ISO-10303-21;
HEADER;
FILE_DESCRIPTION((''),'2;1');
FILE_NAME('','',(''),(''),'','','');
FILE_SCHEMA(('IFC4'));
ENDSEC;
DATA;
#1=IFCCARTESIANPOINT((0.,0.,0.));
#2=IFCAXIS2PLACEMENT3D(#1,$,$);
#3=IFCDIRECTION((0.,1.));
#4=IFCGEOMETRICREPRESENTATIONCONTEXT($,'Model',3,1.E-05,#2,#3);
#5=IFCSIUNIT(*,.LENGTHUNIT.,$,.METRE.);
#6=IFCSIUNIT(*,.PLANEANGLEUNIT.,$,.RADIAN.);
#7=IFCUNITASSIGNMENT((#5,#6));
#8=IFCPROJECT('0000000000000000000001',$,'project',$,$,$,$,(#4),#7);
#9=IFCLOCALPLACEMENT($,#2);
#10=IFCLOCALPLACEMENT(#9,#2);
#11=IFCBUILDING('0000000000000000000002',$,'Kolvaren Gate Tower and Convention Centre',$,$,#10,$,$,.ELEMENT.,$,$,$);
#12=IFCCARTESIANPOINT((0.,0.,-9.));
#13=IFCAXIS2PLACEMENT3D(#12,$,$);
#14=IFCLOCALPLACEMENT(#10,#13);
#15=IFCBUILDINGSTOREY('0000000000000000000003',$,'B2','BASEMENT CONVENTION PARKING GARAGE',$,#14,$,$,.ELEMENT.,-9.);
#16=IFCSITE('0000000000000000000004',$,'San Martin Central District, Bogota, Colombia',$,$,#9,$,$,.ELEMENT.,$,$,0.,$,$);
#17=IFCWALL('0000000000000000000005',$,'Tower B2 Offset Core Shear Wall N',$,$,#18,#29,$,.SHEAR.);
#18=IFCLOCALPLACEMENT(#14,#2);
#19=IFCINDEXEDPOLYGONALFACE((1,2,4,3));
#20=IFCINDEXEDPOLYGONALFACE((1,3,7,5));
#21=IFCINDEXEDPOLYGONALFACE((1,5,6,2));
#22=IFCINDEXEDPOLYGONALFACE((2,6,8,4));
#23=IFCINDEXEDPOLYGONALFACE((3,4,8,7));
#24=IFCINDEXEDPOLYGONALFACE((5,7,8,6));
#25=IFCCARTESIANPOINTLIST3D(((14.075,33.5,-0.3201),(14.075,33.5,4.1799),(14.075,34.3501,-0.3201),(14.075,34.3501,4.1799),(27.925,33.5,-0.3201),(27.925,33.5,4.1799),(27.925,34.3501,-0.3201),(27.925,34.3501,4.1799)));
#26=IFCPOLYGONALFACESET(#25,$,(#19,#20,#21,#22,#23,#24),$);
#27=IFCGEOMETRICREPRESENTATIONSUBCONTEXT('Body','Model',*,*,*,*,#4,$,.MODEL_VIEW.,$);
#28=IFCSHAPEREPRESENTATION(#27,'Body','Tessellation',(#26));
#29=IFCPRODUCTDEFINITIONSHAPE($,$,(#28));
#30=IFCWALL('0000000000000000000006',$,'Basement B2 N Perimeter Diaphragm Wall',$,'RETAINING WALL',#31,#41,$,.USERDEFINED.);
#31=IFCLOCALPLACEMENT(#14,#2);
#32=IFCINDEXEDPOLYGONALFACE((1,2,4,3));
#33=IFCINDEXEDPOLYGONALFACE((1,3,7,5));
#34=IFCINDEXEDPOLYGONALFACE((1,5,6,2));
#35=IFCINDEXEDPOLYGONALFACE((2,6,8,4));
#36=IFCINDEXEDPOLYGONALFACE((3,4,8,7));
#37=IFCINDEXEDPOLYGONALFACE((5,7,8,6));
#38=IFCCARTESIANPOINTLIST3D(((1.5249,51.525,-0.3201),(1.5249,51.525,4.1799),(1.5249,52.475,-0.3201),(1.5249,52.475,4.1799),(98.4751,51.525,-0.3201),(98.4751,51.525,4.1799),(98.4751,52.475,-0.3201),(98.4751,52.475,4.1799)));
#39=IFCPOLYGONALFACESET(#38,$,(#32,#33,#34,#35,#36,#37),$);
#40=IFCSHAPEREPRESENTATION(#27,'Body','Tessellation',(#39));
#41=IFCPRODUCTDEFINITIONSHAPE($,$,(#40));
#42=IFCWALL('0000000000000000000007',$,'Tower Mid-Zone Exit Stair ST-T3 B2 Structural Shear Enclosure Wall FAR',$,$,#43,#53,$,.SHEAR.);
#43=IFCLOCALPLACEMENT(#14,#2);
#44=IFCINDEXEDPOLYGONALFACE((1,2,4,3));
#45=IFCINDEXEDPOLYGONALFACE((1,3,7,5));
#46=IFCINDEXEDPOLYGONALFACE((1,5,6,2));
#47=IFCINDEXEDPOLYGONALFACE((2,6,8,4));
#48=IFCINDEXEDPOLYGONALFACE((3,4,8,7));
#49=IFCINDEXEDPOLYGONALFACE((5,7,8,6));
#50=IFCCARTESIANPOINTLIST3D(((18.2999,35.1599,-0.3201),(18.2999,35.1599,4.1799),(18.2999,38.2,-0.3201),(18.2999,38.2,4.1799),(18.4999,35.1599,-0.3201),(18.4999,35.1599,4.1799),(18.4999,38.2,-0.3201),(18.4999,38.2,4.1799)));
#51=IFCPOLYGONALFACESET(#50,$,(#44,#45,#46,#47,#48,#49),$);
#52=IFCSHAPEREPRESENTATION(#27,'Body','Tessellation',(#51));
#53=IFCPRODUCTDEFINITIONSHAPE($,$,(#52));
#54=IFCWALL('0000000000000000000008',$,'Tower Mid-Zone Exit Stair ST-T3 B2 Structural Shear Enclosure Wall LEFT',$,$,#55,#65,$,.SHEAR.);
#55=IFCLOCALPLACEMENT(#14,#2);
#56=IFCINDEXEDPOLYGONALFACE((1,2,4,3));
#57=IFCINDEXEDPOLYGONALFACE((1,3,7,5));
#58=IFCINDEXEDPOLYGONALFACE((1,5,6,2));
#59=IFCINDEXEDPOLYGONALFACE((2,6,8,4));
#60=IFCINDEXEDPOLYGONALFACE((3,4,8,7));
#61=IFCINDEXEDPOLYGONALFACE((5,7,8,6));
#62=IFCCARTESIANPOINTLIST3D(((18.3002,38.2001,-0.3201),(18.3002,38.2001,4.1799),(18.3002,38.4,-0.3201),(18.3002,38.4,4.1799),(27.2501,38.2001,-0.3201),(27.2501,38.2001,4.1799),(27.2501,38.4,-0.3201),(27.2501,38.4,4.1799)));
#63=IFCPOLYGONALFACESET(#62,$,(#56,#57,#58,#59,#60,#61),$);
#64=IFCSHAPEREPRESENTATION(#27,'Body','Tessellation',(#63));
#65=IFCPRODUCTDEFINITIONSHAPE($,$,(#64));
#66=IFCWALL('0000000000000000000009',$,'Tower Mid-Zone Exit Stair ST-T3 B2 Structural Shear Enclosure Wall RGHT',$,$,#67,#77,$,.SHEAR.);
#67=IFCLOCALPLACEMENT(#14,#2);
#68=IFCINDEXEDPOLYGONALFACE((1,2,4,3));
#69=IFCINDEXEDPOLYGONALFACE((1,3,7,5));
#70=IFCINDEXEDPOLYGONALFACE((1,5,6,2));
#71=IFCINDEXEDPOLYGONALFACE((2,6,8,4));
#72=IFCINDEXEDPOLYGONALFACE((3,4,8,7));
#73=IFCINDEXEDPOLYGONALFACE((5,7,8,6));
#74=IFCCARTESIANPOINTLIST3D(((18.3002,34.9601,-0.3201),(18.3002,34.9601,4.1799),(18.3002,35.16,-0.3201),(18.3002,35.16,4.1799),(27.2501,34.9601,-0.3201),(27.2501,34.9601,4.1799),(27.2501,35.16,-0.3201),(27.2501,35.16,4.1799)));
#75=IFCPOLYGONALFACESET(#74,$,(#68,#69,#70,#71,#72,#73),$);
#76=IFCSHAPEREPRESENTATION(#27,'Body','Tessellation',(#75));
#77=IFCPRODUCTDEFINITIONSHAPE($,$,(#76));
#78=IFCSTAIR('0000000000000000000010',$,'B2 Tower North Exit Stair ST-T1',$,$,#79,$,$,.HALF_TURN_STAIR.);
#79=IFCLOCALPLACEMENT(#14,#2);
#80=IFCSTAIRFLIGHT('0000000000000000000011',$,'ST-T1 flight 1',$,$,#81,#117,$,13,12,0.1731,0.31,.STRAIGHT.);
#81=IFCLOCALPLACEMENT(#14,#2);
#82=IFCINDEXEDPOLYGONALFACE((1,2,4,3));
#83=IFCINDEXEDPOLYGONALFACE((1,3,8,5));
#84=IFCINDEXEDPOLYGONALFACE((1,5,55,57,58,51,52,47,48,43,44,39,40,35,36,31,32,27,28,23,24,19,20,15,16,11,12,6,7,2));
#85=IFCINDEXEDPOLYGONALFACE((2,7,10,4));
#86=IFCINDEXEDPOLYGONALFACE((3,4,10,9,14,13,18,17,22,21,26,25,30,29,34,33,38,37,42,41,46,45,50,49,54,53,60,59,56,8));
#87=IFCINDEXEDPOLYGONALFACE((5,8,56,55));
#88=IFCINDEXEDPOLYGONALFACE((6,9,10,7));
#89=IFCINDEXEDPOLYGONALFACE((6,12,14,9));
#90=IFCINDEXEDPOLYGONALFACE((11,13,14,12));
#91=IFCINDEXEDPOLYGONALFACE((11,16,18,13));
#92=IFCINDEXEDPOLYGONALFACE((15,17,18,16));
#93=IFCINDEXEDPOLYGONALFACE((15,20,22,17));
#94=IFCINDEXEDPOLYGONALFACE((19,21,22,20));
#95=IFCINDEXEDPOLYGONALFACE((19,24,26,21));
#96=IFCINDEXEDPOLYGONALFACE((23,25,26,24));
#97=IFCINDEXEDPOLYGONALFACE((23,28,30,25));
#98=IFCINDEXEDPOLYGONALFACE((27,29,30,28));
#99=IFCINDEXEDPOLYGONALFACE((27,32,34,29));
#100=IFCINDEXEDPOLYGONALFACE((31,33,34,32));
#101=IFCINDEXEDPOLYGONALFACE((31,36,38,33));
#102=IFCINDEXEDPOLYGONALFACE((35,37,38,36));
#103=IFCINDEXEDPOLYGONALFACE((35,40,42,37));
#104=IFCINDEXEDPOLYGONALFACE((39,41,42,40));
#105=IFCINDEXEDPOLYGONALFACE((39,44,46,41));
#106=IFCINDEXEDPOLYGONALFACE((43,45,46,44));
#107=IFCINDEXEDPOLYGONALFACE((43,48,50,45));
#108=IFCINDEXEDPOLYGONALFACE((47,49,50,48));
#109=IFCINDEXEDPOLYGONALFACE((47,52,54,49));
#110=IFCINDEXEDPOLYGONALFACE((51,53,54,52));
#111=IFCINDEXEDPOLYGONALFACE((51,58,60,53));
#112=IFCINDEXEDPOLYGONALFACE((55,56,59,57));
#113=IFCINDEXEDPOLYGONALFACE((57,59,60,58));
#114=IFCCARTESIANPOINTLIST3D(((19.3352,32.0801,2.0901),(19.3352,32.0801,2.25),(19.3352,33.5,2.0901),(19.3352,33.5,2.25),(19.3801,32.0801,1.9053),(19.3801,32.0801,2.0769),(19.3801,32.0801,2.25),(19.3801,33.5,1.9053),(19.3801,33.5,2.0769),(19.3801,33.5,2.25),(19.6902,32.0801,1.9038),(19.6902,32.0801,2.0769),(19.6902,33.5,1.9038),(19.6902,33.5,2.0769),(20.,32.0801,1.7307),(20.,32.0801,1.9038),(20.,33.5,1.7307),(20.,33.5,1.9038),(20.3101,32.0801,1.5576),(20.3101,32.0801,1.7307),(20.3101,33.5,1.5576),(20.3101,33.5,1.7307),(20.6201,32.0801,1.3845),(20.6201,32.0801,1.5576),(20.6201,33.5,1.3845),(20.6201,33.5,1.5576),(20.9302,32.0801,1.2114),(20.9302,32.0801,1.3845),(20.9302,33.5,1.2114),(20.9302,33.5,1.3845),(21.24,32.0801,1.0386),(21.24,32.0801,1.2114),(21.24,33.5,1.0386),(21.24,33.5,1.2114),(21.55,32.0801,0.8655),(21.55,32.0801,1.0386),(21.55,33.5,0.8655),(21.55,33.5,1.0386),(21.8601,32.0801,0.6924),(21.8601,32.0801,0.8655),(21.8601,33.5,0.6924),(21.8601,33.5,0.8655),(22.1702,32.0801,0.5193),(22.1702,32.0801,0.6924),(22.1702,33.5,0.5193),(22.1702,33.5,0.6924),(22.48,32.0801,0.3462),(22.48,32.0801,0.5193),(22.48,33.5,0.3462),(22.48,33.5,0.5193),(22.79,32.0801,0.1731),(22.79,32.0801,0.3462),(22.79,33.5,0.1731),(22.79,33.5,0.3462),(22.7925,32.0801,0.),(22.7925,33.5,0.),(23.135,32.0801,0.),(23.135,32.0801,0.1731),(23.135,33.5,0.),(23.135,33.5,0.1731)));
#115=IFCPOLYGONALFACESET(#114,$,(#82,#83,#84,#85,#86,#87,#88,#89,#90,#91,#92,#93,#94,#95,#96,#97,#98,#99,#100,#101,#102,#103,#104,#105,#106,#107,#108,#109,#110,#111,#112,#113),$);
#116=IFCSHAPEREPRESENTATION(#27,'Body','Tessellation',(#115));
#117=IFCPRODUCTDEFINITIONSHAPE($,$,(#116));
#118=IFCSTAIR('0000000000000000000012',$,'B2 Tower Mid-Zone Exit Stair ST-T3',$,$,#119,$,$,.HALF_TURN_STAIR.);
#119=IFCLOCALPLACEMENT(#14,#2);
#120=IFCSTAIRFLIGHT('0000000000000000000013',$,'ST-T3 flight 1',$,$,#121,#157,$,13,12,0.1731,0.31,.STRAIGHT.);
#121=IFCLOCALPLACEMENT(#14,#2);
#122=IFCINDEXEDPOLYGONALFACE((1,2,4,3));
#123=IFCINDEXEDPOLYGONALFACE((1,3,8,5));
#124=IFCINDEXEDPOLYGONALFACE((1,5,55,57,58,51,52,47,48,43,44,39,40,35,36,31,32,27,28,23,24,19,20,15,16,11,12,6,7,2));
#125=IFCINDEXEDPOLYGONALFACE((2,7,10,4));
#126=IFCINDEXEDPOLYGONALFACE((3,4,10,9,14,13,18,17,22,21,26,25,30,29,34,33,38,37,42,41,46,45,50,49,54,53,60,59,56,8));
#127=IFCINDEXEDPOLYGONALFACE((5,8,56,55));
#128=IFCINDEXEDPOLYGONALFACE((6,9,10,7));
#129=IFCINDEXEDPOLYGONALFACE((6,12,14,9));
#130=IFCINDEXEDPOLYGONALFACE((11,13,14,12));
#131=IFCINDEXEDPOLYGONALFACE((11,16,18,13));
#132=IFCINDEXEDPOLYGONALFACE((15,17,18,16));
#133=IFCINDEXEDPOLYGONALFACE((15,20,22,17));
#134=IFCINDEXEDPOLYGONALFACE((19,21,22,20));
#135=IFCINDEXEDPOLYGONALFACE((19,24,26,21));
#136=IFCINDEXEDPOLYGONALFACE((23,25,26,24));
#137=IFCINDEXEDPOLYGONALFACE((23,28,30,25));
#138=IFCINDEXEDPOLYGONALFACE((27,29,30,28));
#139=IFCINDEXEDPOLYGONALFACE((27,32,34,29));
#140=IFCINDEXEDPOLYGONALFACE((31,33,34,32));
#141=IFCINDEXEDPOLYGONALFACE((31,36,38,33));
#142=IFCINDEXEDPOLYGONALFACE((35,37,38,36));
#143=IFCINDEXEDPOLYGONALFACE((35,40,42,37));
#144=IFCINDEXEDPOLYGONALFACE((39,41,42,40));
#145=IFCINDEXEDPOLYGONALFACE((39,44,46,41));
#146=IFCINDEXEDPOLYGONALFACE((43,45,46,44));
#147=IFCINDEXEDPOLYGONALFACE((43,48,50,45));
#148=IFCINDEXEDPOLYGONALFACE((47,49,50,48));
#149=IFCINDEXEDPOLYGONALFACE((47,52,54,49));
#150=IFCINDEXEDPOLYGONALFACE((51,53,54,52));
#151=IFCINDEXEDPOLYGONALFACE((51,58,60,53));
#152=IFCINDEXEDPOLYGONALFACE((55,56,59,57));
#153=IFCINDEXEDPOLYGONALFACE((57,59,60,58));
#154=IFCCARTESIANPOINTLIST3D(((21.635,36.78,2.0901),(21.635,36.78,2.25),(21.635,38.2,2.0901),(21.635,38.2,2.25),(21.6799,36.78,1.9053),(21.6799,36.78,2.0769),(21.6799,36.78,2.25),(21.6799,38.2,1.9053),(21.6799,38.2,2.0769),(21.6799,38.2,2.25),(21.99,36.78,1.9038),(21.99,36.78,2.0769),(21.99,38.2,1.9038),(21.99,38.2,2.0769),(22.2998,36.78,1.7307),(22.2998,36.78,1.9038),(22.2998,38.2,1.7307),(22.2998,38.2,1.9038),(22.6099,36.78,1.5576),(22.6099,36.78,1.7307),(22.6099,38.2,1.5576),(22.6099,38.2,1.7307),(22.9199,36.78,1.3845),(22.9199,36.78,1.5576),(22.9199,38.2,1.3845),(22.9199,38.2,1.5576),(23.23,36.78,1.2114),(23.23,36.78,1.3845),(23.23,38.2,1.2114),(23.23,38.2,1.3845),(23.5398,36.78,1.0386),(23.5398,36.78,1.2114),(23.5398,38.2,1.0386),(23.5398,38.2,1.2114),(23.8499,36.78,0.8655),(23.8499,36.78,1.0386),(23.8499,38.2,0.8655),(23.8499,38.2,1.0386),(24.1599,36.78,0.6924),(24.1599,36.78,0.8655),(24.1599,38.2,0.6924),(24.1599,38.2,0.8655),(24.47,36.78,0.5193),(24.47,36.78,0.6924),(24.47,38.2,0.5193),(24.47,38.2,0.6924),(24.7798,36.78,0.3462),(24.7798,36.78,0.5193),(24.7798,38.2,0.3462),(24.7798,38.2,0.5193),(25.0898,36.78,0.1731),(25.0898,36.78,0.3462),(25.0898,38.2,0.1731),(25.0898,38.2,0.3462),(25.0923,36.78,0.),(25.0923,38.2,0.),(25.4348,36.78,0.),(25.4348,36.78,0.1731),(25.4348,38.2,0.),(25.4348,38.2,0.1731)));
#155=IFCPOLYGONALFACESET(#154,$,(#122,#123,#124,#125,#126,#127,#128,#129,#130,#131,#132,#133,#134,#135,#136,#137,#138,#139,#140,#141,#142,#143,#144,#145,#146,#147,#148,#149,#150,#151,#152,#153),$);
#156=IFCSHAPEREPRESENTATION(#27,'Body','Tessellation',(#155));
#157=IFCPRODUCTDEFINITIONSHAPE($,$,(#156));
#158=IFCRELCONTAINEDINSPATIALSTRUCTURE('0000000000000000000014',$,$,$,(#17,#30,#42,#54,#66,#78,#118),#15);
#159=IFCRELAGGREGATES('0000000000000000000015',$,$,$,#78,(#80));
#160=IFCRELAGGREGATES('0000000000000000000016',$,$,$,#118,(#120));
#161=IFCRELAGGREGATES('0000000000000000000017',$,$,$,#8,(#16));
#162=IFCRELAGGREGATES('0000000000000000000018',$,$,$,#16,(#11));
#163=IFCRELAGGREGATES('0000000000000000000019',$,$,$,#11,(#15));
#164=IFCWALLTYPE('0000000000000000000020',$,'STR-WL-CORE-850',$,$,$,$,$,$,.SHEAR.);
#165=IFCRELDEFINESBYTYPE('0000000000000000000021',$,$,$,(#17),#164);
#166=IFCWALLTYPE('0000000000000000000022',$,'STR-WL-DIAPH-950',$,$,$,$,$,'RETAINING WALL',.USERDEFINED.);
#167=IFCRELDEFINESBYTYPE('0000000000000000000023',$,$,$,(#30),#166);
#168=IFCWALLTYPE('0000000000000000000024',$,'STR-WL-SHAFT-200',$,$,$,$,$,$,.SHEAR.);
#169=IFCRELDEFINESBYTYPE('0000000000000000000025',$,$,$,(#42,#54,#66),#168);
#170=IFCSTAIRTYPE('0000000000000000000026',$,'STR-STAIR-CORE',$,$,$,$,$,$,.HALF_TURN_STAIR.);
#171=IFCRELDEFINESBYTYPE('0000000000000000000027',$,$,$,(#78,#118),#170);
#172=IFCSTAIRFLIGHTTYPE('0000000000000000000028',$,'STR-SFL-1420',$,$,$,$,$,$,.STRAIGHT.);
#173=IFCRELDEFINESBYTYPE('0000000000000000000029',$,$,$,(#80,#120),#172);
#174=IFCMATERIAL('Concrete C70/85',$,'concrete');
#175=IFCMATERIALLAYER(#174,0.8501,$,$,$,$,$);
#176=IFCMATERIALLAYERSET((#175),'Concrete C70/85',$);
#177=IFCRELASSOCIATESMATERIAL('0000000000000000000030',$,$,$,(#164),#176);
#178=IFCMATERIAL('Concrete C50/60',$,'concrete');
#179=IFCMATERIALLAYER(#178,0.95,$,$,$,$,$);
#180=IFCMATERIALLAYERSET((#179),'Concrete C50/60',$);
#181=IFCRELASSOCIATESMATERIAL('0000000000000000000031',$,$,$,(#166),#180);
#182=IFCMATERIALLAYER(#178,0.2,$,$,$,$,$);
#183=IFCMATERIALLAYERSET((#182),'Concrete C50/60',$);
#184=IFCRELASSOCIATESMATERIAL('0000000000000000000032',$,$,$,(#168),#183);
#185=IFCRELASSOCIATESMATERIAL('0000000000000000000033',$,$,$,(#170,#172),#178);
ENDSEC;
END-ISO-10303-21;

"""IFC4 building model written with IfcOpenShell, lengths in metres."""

from ifc_helpers import new_model, si_unit, direction, frame, frame_2d, origin, place, context, subcontext, project, spatial, polyline, rectangle, outline, extrude, material, layer, layer_set, type_object, element, aggregate, save


model = new_model("IFC4")

# Units and contexts
model_context = context("Model", 3, precision=1e-05, world=origin(), true_north=direction((0.0, 1.0)))
body_context = subcontext(model_context, "Body", "Model", "MODEL_VIEW")
ifc_project = project(units=[si_unit("LENGTHUNIT", "METRE"), si_unit("PLANEANGLEUNIT", "RADIAN")], contexts=[model_context])

# Site, building, storey
site_placement = place(None, origin())
site = spatial("IfcSite", under=ifc_project, at=site_placement, Name="San Martin Central District, Bogota, Colombia", CompositionType="ELEMENT", RefElevation=0.0)
building_placement = place(site_placement, origin())
building = spatial("IfcBuilding", under=site, at=building_placement, Name="Kolvaren Gate Tower and Convention Centre", CompositionType="ELEMENT")
storey_placement = place(building_placement, frame((0.0, 0.0, -9.0)))
storey = spatial("IfcBuildingStorey", under=building, at=storey_placement, Name="B2", Description="BASEMENT CONVENTION PARKING GARAGE", CompositionType="ELEMENT", Elevation=-9.0)

# Shared definitions
ifc_material_1 = material(Name="Concrete C70/85", Category="concrete")

# Walls
ifc_layer_1 = layer(ifc_material_1, 0.8501)
ifc_layer_set_1 = layer_set([ifc_layer_1], Name="Concrete C70/85")
wall_type_1 = type_object("IfcWallType", Name="STR-WL-CORE-850", PredefinedType="SHEAR", material=ifc_layer_set_1)
wall_1_placement = place(storey_placement, frame((14.075, 33.925, -0.3201), z_axis=(0.0, 0.0, 1.0), x_axis=(1.0, 0.0, 0.0)))
element("IfcWall", 1, at=wall_1_placement, inside=storey, type_object=wall_type_1, Name="Tower B2 Offset Core Shear Wall N", PredefinedType="SHEAR", context=body_context, shape_type="SweptSolid", body=[
    extrude(rectangle(XDim=13.8501, YDim=0.8501, at=frame_2d((6.925, 0.0))), origin(), (0.0, 0.0, 1.0), 4.5),
])
ifc_material_2 = material(Name="Concrete C50/60", Category="concrete")
ifc_layer_2 = layer(ifc_material_2, 0.95)
ifc_layer_set_2 = layer_set([ifc_layer_2], Name="Concrete C50/60")
wall_type_2 = type_object("IfcWallType", Name="STR-WL-DIAPH-950", ElementType="RETAINING WALL", PredefinedType="USERDEFINED", material=ifc_layer_set_2)
wall_2_placement = place(storey_placement, frame((1.5249, 52.0, -0.3201), z_axis=(0.0, 0.0, 1.0), x_axis=(1.0, 0.0, 0.0)))
element("IfcWall", 2, at=wall_2_placement, inside=storey, type_object=wall_type_2, Name="Basement B2 N Perimeter Diaphragm Wall", ObjectType="RETAINING WALL", PredefinedType="USERDEFINED", context=body_context, shape_type="SweptSolid", body=[
    extrude(rectangle(XDim=96.9502, YDim=0.95, at=frame_2d((48.4751, 0.0))), origin(), (0.0, 0.0, 1.0), 4.5),
])
ifc_layer_3 = layer(ifc_material_2, 0.2)
ifc_layer_set_3 = layer_set([ifc_layer_3], Name="Concrete C50/60")
wall_type_3 = type_object("IfcWallType", Name="STR-WL-SHAFT-200", PredefinedType="SHEAR", material=ifc_layer_set_3)
wall_3_placement = place(storey_placement, frame((18.3999, 35.1599, -0.3201), z_axis=(0.0, 0.0, 1.0), x_axis=(0.0, 1.0, 0.0)))
element("IfcWall", 3, at=wall_3_placement, inside=storey, type_object=wall_type_3, Name="Tower Mid-Zone Exit Stair ST-T3 B2 Structural Shear Enclosure Wall FAR", PredefinedType="SHEAR", context=body_context, shape_type="SweptSolid", body=[
    extrude(rectangle(XDim=3.04, YDim=0.2, at=frame_2d((1.52, 0.0))), origin(), (0.0, 0.0, 1.0), 4.5),
])
for number, where, z_axis, x_axis, name in (
    (4, (18.3, 38.3, -0.3201), (0.0, 0.0, 1.0), (1.0, 0.0, 0.0), "Tower Mid-Zone Exit Stair ST-T3 B2 Structural Shear Enclosure Wall LEFT"),
    (5, (18.3, 35.0601, -0.3201), (0.0, 0.0, 1.0), (1.0, 0.0, 0.0), "Tower Mid-Zone Exit Stair ST-T3 B2 Structural Shear Enclosure Wall RGHT"),
):
    element("IfcWall", number, at=place(storey_placement, frame(where, z_axis=z_axis, x_axis=x_axis)), inside=storey, type_object=wall_type_3, Name=name, PredefinedType="SHEAR", context=body_context, shape_type="SweptSolid", body=[
        extrude(rectangle(XDim=8.95, YDim=0.2, at=frame_2d((4.4751, 0.0))), origin(), (0.0, 0.0, 1.0), 4.5),
    ])

# Stair, stair flight
stair_type = type_object("IfcStairType", Name="STR-STAIR-CORE", PredefinedType="HALF_TURN_STAIR", material=ifc_material_2)
stair_1_placement = place(storey_placement, origin())
stair_1 = element("IfcStair", 6, at=stair_1_placement, inside=storey, type_object=stair_type, Name="B2 Tower North Exit Stair ST-T1", PredefinedType="HALF_TURN_STAIR")
stair_flight_type = type_object("IfcStairFlightType", Name="STR-SFL-1420", PredefinedType="STRAIGHT", material=ifc_material_2)
stair_flight_1_placement = place(storey_placement, frame((23.1001, 32.79, 0.0), z_axis=(0.0, 0.0, 1.0), x_axis=(-1.0, 0.0, 0.0)))
stair_flight_1 = element("IfcStairFlight", 7, at=stair_flight_1_placement, type_object=stair_flight_type, Name="ST-T1 flight 1", NumberOfRisers=13, NumberOfTreads=12, PredefinedType="STRAIGHT", RiserHeight=0.1731, TreadLength=0.31, context=body_context, shape_type="SweptSolid", body=[
    extrude(outline(polyline([(-0.0349, 0.0), (-0.0349, 0.1731), (0.3101, 0.1731), (0.3101, 0.3462), (0.6201, 0.3462), (0.6201, 0.5193), (0.9299, 0.5193), (0.9299, 0.6924), (1.24, 0.6924), (1.24, 0.8655), (1.55, 0.8655), (1.55, 1.0386), (1.8601, 1.0386), (1.8601, 1.2114), (2.1699, 1.2114), (2.1699, 1.3845), (2.48, 1.3845), (2.48, 1.5576), (2.79, 1.5576), (2.79, 1.7307), (3.1001, 1.7307), (3.1001, 1.9038), (3.4099, 1.9038), (3.4099, 2.0769), (3.72, 2.0769), (3.72, 2.25), (3.7649, 2.25), (3.7649, 2.0901), (3.72, 1.9053), (0.3076, 0.0), (-0.0349, 0.0)])), frame((0.0, 0.71, 0.0), z_axis=(0.0, -1.0, 0.0), x_axis=(1.0, 0.0, 0.0)), (0.0, 0.0, 1.0), 1.4199),
])
aggregate(stair_1, [stair_flight_1])

# Stair, stair flight
stair_2_placement = place(storey_placement, origin())
stair_2 = element("IfcStair", 8, at=stair_2_placement, inside=storey, type_object=stair_type, Name="B2 Tower Mid-Zone Exit Stair ST-T3", PredefinedType="HALF_TURN_STAIR")
stair_flight_2_placement = place(storey_placement, frame((25.3999, 37.49, 0.0), z_axis=(0.0, 0.0, 1.0), x_axis=(-1.0, 0.0, 0.0)))
stair_flight_2 = element("IfcStairFlight", 9, at=stair_flight_2_placement, type_object=stair_flight_type, Name="ST-T3 flight 1", NumberOfRisers=13, NumberOfTreads=12, PredefinedType="STRAIGHT", RiserHeight=0.1731, TreadLength=0.31, context=body_context, shape_type="SweptSolid", body=[
    extrude(outline(polyline([(-0.0349, 0.0), (-0.0349, 0.1731), (0.3101, 0.1731), (0.3101, 0.3462), (0.6201, 0.3462), (0.6201, 0.5193), (0.9299, 0.5193), (0.9299, 0.6924), (1.24, 0.6924), (1.24, 0.8655), (1.55, 0.8655), (1.55, 1.0386), (1.8601, 1.0386), (1.8601, 1.2114), (2.1699, 1.2114), (2.1699, 1.3845), (2.48, 1.3845), (2.48, 1.5576), (2.79, 1.5576), (2.79, 1.7307), (3.1001, 1.7307), (3.1001, 1.9038), (3.4099, 1.9038), (3.4099, 2.0769), (3.72, 2.0769), (3.72, 2.25), (3.7649, 2.25), (3.7649, 2.0901), (3.72, 1.9053), (0.3076, 0.0), (-0.0349, 0.0)])), frame((0.0, 0.71, 0.0), z_axis=(0.0, -1.0, 0.0), x_axis=(1.0, 0.0, 0.0)), (0.0, 0.0, 1.0), 1.4199),
])
aggregate(stair_2, [stair_flight_2])

save(model, "model.ifc")
